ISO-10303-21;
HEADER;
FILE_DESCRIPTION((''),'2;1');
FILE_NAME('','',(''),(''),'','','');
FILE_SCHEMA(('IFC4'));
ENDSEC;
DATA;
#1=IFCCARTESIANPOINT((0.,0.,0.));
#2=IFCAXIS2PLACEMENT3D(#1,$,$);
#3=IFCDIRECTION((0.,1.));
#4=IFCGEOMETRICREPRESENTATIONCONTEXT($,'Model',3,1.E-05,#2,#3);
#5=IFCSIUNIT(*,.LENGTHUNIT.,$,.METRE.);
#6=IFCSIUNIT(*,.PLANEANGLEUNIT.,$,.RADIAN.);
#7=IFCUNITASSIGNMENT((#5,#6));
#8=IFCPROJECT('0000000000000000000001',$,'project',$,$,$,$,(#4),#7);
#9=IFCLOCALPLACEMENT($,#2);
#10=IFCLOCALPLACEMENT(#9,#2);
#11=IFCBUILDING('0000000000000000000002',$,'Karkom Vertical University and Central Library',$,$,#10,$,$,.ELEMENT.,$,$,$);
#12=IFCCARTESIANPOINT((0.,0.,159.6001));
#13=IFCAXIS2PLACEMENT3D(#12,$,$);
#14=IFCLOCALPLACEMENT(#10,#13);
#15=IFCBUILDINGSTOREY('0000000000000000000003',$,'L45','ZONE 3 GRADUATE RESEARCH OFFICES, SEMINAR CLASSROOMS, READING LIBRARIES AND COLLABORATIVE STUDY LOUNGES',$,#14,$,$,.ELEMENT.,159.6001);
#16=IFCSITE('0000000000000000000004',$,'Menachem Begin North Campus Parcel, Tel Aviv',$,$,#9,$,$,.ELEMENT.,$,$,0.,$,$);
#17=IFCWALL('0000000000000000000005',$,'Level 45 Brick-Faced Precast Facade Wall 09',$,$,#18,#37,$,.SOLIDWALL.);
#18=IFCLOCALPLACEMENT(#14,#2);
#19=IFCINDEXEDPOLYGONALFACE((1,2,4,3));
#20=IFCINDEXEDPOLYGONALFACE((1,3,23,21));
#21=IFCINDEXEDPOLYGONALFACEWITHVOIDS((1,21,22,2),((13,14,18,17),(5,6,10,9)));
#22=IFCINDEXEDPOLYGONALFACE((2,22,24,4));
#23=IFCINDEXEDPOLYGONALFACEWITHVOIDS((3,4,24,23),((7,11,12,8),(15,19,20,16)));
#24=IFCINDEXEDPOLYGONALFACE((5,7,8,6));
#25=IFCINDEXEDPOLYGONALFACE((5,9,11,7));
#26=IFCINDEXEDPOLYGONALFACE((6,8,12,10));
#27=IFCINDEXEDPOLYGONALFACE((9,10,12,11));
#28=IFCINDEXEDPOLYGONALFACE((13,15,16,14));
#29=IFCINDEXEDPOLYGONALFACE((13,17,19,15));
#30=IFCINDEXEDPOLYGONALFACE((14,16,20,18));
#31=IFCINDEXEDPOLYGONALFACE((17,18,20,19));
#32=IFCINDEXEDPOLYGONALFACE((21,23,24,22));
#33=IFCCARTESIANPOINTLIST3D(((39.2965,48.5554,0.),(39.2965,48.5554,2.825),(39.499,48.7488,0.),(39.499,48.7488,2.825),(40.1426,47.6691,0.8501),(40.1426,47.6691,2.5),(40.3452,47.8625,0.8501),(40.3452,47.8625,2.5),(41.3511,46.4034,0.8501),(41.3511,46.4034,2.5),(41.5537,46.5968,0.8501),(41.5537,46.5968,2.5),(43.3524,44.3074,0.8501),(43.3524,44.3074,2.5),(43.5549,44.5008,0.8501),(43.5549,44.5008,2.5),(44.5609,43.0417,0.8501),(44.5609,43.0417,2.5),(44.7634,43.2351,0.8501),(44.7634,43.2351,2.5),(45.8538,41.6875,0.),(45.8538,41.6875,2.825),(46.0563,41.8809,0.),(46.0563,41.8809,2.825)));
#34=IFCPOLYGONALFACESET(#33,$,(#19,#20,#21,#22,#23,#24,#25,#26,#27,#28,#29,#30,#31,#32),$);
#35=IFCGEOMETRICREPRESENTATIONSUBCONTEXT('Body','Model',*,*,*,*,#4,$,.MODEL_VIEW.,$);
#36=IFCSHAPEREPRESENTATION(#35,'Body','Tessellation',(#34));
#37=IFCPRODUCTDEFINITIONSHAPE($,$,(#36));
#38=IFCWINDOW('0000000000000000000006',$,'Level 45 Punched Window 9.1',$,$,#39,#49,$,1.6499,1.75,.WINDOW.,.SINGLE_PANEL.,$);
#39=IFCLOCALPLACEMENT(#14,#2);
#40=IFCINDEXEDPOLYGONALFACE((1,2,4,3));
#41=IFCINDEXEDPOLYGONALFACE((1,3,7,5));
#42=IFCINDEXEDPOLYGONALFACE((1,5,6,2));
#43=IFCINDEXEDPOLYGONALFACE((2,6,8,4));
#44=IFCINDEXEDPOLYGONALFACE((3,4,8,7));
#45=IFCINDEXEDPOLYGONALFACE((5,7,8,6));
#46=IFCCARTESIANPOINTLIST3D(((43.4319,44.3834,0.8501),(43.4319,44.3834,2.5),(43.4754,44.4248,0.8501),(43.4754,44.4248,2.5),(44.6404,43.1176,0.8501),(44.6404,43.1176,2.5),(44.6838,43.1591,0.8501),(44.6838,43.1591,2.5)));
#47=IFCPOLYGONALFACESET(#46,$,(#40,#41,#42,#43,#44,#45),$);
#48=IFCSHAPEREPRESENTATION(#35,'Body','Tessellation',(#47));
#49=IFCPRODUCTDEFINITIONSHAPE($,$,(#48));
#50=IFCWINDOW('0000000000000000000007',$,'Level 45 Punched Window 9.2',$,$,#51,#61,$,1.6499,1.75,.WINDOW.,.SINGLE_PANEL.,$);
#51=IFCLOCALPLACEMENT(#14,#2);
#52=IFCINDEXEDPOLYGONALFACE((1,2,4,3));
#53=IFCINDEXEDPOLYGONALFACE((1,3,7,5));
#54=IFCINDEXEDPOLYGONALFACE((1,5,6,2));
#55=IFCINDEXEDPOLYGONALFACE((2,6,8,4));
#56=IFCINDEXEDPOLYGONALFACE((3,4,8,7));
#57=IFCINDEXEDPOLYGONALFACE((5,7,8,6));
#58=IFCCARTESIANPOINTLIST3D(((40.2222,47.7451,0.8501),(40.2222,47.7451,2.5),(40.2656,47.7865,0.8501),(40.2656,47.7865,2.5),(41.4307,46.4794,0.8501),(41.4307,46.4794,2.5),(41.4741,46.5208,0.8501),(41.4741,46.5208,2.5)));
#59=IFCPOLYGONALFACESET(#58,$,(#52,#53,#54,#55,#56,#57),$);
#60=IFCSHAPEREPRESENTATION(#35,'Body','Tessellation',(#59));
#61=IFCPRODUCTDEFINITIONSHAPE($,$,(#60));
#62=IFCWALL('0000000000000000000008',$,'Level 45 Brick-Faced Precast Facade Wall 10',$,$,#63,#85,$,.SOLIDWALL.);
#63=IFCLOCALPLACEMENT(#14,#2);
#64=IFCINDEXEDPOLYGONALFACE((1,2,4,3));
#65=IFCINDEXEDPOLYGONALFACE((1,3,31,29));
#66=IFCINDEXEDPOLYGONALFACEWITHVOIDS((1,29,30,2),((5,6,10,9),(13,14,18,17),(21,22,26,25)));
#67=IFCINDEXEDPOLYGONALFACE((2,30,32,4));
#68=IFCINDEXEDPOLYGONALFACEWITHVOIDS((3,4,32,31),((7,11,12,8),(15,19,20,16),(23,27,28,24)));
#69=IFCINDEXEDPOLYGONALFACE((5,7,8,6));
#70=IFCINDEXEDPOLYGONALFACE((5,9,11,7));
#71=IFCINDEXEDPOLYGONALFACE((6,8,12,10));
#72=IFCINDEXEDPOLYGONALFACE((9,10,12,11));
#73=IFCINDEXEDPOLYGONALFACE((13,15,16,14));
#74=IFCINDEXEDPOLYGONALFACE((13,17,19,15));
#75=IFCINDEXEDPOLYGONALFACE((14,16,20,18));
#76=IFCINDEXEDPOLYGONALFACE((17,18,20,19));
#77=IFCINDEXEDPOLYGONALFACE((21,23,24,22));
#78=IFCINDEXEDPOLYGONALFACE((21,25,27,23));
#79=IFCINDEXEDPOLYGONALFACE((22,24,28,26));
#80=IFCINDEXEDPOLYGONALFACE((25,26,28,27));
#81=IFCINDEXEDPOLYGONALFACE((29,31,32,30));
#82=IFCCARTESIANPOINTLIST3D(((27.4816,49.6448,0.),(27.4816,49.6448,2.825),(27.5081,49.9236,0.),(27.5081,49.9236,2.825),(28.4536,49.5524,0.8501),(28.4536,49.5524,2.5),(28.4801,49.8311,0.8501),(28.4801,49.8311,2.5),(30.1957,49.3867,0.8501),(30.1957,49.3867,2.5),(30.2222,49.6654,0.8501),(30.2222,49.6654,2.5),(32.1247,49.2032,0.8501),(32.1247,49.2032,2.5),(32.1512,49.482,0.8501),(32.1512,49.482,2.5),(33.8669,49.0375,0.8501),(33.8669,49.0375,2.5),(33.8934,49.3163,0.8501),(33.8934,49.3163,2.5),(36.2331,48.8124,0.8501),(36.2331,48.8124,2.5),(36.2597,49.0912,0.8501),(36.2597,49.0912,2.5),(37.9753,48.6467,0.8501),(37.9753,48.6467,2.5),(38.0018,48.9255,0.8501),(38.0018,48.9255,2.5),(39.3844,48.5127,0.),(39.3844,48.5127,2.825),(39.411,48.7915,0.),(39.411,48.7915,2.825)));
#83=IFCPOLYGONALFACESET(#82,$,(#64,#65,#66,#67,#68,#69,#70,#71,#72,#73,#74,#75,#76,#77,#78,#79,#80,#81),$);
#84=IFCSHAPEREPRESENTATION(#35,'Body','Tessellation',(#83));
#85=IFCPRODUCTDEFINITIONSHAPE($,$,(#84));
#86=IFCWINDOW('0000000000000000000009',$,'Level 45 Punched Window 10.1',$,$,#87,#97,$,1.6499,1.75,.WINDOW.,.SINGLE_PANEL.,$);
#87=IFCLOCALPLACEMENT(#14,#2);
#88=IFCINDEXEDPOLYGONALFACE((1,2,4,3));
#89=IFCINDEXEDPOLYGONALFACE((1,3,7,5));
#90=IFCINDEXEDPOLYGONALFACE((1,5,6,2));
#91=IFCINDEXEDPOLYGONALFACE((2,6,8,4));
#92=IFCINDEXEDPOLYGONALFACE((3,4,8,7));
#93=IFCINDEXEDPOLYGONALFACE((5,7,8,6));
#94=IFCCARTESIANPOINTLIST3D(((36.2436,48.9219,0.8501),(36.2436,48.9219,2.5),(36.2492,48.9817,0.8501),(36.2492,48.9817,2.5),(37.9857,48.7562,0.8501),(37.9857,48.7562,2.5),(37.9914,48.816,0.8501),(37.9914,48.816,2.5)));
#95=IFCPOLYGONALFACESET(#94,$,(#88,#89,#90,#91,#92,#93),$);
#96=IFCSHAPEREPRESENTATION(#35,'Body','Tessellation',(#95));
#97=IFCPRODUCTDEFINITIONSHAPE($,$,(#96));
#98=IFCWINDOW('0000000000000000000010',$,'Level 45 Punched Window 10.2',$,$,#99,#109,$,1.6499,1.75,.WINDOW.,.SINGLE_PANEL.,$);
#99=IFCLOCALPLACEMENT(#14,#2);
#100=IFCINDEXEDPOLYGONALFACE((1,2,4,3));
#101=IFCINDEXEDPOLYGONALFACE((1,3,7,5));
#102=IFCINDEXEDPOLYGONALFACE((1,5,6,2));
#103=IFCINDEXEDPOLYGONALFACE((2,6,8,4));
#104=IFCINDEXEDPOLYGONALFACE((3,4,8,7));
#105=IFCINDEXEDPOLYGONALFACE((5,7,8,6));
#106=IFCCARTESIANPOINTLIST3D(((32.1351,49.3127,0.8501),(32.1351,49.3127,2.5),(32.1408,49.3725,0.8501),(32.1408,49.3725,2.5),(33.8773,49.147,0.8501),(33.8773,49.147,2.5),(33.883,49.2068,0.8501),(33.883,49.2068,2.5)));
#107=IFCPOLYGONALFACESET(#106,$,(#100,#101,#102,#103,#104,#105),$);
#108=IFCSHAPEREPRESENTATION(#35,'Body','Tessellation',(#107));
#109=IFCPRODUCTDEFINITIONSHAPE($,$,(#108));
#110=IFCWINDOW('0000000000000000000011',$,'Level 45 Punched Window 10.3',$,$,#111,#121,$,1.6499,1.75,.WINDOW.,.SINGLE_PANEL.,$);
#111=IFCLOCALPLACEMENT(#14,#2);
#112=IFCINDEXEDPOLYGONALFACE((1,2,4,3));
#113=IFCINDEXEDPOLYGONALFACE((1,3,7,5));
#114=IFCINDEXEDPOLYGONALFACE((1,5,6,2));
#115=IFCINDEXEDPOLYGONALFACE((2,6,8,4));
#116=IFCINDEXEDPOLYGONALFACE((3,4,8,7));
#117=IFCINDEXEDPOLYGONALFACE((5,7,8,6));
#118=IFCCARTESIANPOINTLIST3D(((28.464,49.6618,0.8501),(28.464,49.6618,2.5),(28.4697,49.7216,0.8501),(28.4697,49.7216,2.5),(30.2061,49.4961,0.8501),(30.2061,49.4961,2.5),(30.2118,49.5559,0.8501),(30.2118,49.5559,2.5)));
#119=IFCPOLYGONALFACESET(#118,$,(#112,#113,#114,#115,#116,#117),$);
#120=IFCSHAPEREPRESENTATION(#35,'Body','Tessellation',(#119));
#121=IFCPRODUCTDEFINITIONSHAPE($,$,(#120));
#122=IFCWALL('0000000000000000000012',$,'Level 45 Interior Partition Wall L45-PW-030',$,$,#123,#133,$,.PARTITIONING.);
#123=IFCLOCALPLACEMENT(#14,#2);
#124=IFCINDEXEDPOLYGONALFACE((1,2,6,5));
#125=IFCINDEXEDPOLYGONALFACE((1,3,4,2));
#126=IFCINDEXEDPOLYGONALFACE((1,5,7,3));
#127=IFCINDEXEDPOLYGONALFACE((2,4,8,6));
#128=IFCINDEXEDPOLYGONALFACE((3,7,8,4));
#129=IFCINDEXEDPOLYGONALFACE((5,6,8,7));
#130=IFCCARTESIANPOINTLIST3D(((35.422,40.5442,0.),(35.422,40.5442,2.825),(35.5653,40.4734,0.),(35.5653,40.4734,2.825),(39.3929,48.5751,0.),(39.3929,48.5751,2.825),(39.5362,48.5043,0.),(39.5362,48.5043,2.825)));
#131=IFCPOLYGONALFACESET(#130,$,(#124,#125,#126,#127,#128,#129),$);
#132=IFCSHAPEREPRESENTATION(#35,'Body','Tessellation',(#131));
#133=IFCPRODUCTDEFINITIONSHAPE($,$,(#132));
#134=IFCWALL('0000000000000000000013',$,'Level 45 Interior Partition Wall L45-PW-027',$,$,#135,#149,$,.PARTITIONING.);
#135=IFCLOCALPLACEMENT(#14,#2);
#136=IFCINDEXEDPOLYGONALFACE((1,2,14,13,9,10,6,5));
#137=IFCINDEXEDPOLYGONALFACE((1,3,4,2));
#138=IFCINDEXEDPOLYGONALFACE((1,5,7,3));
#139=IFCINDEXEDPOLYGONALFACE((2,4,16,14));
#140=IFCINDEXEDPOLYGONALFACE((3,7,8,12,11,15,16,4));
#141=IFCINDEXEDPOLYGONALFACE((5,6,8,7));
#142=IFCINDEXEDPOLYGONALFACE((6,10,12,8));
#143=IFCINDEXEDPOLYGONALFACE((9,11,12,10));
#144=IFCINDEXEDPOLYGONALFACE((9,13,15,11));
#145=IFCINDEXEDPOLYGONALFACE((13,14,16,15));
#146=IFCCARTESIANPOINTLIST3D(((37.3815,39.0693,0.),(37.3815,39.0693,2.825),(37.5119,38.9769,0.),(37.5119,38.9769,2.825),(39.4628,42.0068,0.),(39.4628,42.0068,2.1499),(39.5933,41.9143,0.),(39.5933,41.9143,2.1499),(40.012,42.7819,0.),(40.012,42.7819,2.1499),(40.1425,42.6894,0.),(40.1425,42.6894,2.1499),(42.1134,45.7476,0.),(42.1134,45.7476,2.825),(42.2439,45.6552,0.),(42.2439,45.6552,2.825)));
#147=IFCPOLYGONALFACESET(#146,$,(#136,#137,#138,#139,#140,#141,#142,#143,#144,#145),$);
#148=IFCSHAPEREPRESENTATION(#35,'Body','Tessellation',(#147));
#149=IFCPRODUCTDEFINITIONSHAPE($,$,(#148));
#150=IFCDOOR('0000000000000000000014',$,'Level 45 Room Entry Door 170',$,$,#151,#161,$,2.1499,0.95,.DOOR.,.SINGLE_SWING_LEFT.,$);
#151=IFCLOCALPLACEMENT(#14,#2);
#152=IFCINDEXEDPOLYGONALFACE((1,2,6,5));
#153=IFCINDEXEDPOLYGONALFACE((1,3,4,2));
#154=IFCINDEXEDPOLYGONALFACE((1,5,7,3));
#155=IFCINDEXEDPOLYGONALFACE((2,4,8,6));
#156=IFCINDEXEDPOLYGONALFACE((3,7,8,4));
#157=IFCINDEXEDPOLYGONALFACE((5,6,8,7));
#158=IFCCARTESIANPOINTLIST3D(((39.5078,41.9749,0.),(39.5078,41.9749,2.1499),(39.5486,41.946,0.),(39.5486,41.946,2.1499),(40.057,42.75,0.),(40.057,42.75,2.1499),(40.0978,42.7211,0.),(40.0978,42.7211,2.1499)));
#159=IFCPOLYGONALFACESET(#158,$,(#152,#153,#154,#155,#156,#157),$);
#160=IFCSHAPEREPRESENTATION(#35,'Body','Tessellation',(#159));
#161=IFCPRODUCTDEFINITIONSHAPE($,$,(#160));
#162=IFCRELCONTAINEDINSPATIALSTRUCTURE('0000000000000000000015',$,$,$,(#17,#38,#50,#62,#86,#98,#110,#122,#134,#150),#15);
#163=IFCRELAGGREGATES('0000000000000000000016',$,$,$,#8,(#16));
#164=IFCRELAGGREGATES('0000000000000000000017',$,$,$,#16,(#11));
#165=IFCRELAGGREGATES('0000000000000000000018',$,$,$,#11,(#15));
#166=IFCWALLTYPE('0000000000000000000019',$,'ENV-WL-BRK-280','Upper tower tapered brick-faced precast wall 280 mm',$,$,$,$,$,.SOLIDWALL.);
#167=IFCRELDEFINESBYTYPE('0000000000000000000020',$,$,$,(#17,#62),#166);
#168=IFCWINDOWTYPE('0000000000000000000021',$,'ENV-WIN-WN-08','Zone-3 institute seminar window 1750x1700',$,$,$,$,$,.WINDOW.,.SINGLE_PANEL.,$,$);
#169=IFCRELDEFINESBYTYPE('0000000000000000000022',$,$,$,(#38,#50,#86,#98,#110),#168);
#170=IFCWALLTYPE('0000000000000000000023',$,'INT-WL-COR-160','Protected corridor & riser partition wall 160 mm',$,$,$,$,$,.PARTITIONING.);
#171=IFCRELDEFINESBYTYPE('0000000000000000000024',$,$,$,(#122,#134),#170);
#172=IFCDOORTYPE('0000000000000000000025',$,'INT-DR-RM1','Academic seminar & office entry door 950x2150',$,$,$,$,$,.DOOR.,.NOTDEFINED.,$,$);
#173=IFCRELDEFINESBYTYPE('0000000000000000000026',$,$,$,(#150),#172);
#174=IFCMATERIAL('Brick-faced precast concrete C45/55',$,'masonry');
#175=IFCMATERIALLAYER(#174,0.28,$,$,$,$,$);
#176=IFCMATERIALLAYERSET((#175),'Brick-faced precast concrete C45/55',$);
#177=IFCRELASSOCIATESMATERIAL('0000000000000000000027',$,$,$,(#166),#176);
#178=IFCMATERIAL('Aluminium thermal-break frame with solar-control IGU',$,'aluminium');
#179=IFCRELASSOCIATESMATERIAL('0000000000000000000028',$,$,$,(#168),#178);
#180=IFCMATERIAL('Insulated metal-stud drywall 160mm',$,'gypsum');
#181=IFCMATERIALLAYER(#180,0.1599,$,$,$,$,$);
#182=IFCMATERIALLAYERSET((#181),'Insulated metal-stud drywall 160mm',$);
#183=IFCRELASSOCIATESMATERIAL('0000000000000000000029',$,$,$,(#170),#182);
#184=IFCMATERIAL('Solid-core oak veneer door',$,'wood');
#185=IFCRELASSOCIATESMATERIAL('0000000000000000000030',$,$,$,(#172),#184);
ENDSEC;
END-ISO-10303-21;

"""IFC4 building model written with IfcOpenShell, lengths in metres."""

from ifc_helpers import new_model, si_unit, direction, frame, frame_2d, origin, origin_with_axes, place, context, subcontext, project, spatial, rectangle, extrude, source, transform, mapped, material, layer, layer_set, type_object, element, fill, save


model = new_model("IFC4")

# Units and contexts
model_context = context("Model", 3, precision=1e-05, world=origin(), true_north=direction((0.0, 1.0)))
body_context = subcontext(model_context, "Body", "Model", "MODEL_VIEW")
ifc_project = project(units=[si_unit("LENGTHUNIT", "METRE"), si_unit("PLANEANGLEUNIT", "RADIAN")], contexts=[model_context])

# Site, building, storey
site_placement = place(None, origin())
site = spatial("IfcSite", under=ifc_project, at=site_placement, Name="Menachem Begin North Campus Parcel, Tel Aviv", CompositionType="ELEMENT", RefElevation=0.0)
building_placement = place(site_placement, origin())
building = spatial("IfcBuilding", under=site, at=building_placement, Name="Karkom Vertical University and Central Library", CompositionType="ELEMENT")
storey_placement = place(building_placement, frame((0.0, 0.0, 159.6001)))
storey = spatial("IfcBuildingStorey", under=building, at=storey_placement, Name="L45", Description="ZONE 3 GRADUATE RESEARCH OFFICES, SEMINAR CLASSROOMS, READING LIBRARIES AND COLLABORATIVE STUDY LOUNGES", CompositionType="ELEMENT", Elevation=159.6001)

# Walls, openings, windows
ifc_material_1 = material(Name="Brick-faced precast concrete C45/55", Category="masonry")
ifc_layer_1 = layer(ifc_material_1, 0.28)
ifc_layer_set_1 = layer_set([ifc_layer_1], Name="Brick-faced precast concrete C45/55")
wall_type_1 = type_object("IfcWallType", Name="ENV-WL-BRK-280", Description="Upper tower tapered brick-faced precast wall 280 mm", PredefinedType="SOLIDWALL", material=ifc_layer_set_1)
wall_1_placement = place(storey_placement, frame((45.9551, 41.7842, 0.0), z_axis=(0.0, 0.0, 1.0), x_axis=(-0.690566, 0.72327, 0.0)))
wall_1 = element("IfcWall", 1, at=wall_1_placement, inside=storey, type_object=wall_type_1, Name="Level 45 Brick-Faced Precast Facade Wall 09", PredefinedType="SOLIDWALL", context=body_context, shape_type="SweptSolid", body=[
    extrude(rectangle(XDim=9.4956, YDim=0.28, at=frame_2d((4.7478, 0.0))), origin(), (0.0, 0.0, 1.0), 2.825),
])
opening_1_placement = place(wall_1_placement, frame((1.8723, 0.0, 0.8501)))
opening_1 = element("IfcOpeningElement", 2, at=opening_1_placement, cuts=wall_1, PredefinedType="OPENING", context=body_context, shape_type="SweptSolid", body=[
    extrude(rectangle(XDim=1.75, YDim=1.6499, at=frame_2d((0.875, 0.825))), frame((0.0, 0.1499, 0.0), z_axis=(0.0, -1.0, 0.0), x_axis=(1.0, 0.0, 0.0)), (0.0, 0.0, 1.0), 0.3),
])
opening_2_placement = place(wall_1_placement, frame((6.5203, 0.0, 0.8501)))
opening_2 = element("IfcOpeningElement", 3, at=opening_2_placement, cuts=wall_1, PredefinedType="OPENING", context=body_context, shape_type="SweptSolid", body=[
    extrude(rectangle(XDim=1.75, YDim=1.6499, at=frame_2d((0.875, 0.825))), frame((0.0, 0.1499, 0.0), z_axis=(0.0, -1.0, 0.0), x_axis=(1.0, 0.0, 0.0)), (0.0, 0.0, 1.0), 0.3),
])
ifc_material_2 = material(Name="Aluminium thermal-break frame with solar-control IGU", Category="aluminium")
window_type = type_object("IfcWindowType", Name="ENV-WIN-WN-08", Description="Zone-3 institute seminar window 1750x1700", PartitioningType="SINGLE_PANEL", PredefinedType="WINDOW", material=ifc_material_2)
shared_shape_1 = source(origin_with_axes(), body_context, "Body", "SweptSolid", [
    extrude(rectangle(XDim=1.75, YDim=1.6499, at=frame_2d((0.875, 0.825))), frame((0.0, 0.03, 0.0), z_axis=(0.0, -1.0, 0.0), x_axis=(1.0, 0.0, 0.0)), (0.0, 0.0, 1.0), 0.0601),
])
window_1_placement = place(opening_1_placement, origin())
window_1 = element("IfcWindow", 4, at=window_1_placement, inside=storey, type_object=window_type, Name="Level 45 Punched Window 9.1", OverallHeight=1.6499, OverallWidth=1.75, PartitioningType="SINGLE_PANEL", PredefinedType="WINDOW", context=body_context, shape_type="MappedRepresentation", body=[
    mapped(shared_shape_1, transform((0.0, 0.0, 0.0), scale=1.0)),
])
fill(opening_1, window_1)
window_2_placement = place(opening_2_placement, origin())
window_2 = element("IfcWindow", 5, at=window_2_placement, inside=storey, type_object=window_type, Name="Level 45 Punched Window 9.2", OverallHeight=1.6499, OverallWidth=1.75, PartitioningType="SINGLE_PANEL", PredefinedType="WINDOW", context=body_context, shape_type="MappedRepresentation", body=[
    mapped(shared_shape_1, transform((0.0, 0.0, 0.0), scale=1.0)),
])
fill(opening_2, window_2)
wall_2_placement = place(storey_placement, frame((39.3977, 48.6521, 0.0), z_axis=(0.0, 0.0, 1.0), x_axis=(-0.995507, 0.094683, 0.0)))
wall_2 = element("IfcWall", 6, at=wall_2_placement, inside=storey, type_object=wall_type_1, Name="Level 45 Brick-Faced Precast Facade Wall 10", PredefinedType="SOLIDWALL", context=body_context, shape_type="SweptSolid", body=[
    extrude(rectangle(XDim=11.9565, YDim=0.28, at=frame_2d((5.9783, 0.0))), origin(), (0.0, 0.0, 1.0), 2.825),
])
opening_3_placement = place(wall_2_placement, frame((1.4155, 0.0, 0.8501)))
opening_3 = element("IfcOpeningElement", 7, at=opening_3_placement, cuts=wall_2, PredefinedType="OPENING", context=body_context, shape_type="SweptSolid", body=[
    extrude(rectangle(XDim=1.75, YDim=1.6499, at=frame_2d((0.875, 0.825))), frame((0.0, 0.1499, 0.0), z_axis=(0.0, -1.0, 0.0), x_axis=(1.0, 0.0, 0.0)), (0.0, 0.0, 1.0), 0.3),
])
opening_4_placement = place(wall_2_placement, frame((5.5425, 0.0, 0.8501)))
opening_4 = element("IfcOpeningElement", 8, at=opening_4_placement, cuts=wall_2, PredefinedType="OPENING", context=body_context, shape_type="SweptSolid", body=[
    extrude(rectangle(XDim=1.75, YDim=1.6499, at=frame_2d((0.875, 0.825))), frame((0.0, 0.1499, 0.0), z_axis=(0.0, -1.0, 0.0), x_axis=(1.0, 0.0, 0.0)), (0.0, 0.0, 1.0), 0.3),
])
opening_5_placement = place(wall_2_placement, frame((9.2302, 0.0, 0.8501)))
opening_5 = element("IfcOpeningElement", 9, at=opening_5_placement, cuts=wall_2, PredefinedType="OPENING", context=body_context, shape_type="SweptSolid", body=[
    extrude(rectangle(XDim=1.75, YDim=1.6499, at=frame_2d((0.875, 0.825))), frame((0.0, 0.1499, 0.0), z_axis=(0.0, -1.0, 0.0), x_axis=(1.0, 0.0, 0.0)), (0.0, 0.0, 1.0), 0.3),
])
window_3_placement = place(opening_3_placement, origin())
window_3 = element("IfcWindow", 10, at=window_3_placement, inside=storey, type_object=window_type, Name="Level 45 Punched Window 10.1", OverallHeight=1.6499, OverallWidth=1.75, PartitioningType="SINGLE_PANEL", PredefinedType="WINDOW", context=body_context, shape_type="MappedRepresentation", body=[
    mapped(shared_shape_1, transform((0.0, 0.0, 0.0), scale=1.0)),
])
fill(opening_3, window_3)
window_4_placement = place(opening_4_placement, origin())
window_4 = element("IfcWindow", 11, at=window_4_placement, inside=storey, type_object=window_type, Name="Level 45 Punched Window 10.2", OverallHeight=1.6499, OverallWidth=1.75, PartitioningType="SINGLE_PANEL", PredefinedType="WINDOW", context=body_context, shape_type="MappedRepresentation", body=[
    mapped(shared_shape_1, transform((0.0, 0.0, 0.0), scale=1.0)),
])
fill(opening_4, window_4)
window_5_placement = place(opening_5_placement, origin())
window_5 = element("IfcWindow", 12, at=window_5_placement, inside=storey, type_object=window_type, Name="Level 45 Punched Window 10.3", OverallHeight=1.6499, OverallWidth=1.75, PartitioningType="SINGLE_PANEL", PredefinedType="WINDOW", context=body_context, shape_type="MappedRepresentation", body=[
    mapped(shared_shape_1, transform((0.0, 0.0, 0.0), scale=1.0)),
])
fill(opening_5, window_5)

# Shared definitions
ifc_material_3 = material(Name="Insulated metal-stud drywall 160mm", Category="gypsum")
ifc_layer_2 = layer(ifc_material_3, 0.1599)
ifc_layer_set_2 = layer_set([ifc_layer_2], Name="Insulated metal-stud drywall 160mm")
wall_type_2 = type_object("IfcWallType", Name="INT-WL-COR-160", Description="Protected corridor & riser partition wall 160 mm", PredefinedType="PARTITIONING", material=ifc_layer_set_2)
ifc_material_4 = material(Name="Solid-core oak veneer door", Category="wood")
door_type = type_object("IfcDoorType", Name="INT-DR-RM1", Description="Academic seminar & office entry door 950x2150", OperationType="NOTDEFINED", PredefinedType="DOOR", material=ifc_material_4)
shared_shape_2 = source(origin_with_axes(), body_context, "Body", "SweptSolid", [
    extrude(rectangle(XDim=0.95, YDim=2.1499, at=frame_2d((0.4751, 1.075))), frame((0.0, 0.0249, 0.0), z_axis=(0.0, -1.0, 0.0), x_axis=(1.0, 0.0, 0.0)), (0.0, 0.0, 1.0), 0.05),
])

# Wall
wall_3_placement = place(storey_placement, frame((35.4937, 40.5088, 0.0), z_axis=(0.0, 0.0, 1.0), x_axis=(0.443231, 0.896408, 0.0)))
element("IfcWall", 13, at=wall_3_placement, inside=storey, type_object=wall_type_2, Name="Level 45 Interior Partition Wall L45-PW-030", PredefinedType="PARTITIONING", context=body_context, shape_type="SweptSolid", body=[
    extrude(rectangle(XDim=8.959, YDim=0.1599, at=frame_2d((4.4795, 0.0))), origin(), (0.0, 0.0, 1.0), 2.825),
])

# Wall, opening, door
wall_4_placement = place(storey_placement, frame((37.4468, 39.0232, 0.0), z_axis=(0.0, 0.0, 1.0), x_axis=(0.578141, 0.815937, 0.0)))
wall_4 = element("IfcWall", 14, at=wall_4_placement, inside=storey, type_object=wall_type_2, Name="Level 45 Interior Partition Wall L45-PW-027", PredefinedType="PARTITIONING", context=body_context, shape_type="SweptSolid", body=[
    extrude(rectangle(XDim=8.1848, YDim=0.1599, at=frame_2d((4.0923, 0.0))), origin(), (0.0, 0.0, 1.0), 2.825),
])
opening_6_placement = place(wall_4_placement, frame((3.5999, 0.0, 0.0)))
opening_6 = element("IfcOpeningElement", 15, at=opening_6_placement, cuts=wall_4, PredefinedType="OPENING", context=body_context, shape_type="SweptSolid", body=[
    extrude(rectangle(XDim=0.95, YDim=2.1499, at=frame_2d((0.4751, 1.075))), frame((0.0, 0.0898, 0.0), z_axis=(0.0, -1.0, 0.0), x_axis=(1.0, 0.0, 0.0)), (0.0, 0.0, 1.0), 0.1799),
])
door_1_placement = place(opening_6_placement, origin())
door_1 = element("IfcDoor", 16, at=door_1_placement, inside=storey, type_object=door_type, Name="Level 45 Room Entry Door 170", OperationType="SINGLE_SWING_LEFT", OverallHeight=2.1499, OverallWidth=0.95, PredefinedType="DOOR", context=body_context, shape_type="MappedRepresentation", body=[
    mapped(shared_shape_2, transform((0.0, 0.0, 0.0), scale=1.0)),
])
fill(opening_6, door_1)

save(model, "model.ifc")
